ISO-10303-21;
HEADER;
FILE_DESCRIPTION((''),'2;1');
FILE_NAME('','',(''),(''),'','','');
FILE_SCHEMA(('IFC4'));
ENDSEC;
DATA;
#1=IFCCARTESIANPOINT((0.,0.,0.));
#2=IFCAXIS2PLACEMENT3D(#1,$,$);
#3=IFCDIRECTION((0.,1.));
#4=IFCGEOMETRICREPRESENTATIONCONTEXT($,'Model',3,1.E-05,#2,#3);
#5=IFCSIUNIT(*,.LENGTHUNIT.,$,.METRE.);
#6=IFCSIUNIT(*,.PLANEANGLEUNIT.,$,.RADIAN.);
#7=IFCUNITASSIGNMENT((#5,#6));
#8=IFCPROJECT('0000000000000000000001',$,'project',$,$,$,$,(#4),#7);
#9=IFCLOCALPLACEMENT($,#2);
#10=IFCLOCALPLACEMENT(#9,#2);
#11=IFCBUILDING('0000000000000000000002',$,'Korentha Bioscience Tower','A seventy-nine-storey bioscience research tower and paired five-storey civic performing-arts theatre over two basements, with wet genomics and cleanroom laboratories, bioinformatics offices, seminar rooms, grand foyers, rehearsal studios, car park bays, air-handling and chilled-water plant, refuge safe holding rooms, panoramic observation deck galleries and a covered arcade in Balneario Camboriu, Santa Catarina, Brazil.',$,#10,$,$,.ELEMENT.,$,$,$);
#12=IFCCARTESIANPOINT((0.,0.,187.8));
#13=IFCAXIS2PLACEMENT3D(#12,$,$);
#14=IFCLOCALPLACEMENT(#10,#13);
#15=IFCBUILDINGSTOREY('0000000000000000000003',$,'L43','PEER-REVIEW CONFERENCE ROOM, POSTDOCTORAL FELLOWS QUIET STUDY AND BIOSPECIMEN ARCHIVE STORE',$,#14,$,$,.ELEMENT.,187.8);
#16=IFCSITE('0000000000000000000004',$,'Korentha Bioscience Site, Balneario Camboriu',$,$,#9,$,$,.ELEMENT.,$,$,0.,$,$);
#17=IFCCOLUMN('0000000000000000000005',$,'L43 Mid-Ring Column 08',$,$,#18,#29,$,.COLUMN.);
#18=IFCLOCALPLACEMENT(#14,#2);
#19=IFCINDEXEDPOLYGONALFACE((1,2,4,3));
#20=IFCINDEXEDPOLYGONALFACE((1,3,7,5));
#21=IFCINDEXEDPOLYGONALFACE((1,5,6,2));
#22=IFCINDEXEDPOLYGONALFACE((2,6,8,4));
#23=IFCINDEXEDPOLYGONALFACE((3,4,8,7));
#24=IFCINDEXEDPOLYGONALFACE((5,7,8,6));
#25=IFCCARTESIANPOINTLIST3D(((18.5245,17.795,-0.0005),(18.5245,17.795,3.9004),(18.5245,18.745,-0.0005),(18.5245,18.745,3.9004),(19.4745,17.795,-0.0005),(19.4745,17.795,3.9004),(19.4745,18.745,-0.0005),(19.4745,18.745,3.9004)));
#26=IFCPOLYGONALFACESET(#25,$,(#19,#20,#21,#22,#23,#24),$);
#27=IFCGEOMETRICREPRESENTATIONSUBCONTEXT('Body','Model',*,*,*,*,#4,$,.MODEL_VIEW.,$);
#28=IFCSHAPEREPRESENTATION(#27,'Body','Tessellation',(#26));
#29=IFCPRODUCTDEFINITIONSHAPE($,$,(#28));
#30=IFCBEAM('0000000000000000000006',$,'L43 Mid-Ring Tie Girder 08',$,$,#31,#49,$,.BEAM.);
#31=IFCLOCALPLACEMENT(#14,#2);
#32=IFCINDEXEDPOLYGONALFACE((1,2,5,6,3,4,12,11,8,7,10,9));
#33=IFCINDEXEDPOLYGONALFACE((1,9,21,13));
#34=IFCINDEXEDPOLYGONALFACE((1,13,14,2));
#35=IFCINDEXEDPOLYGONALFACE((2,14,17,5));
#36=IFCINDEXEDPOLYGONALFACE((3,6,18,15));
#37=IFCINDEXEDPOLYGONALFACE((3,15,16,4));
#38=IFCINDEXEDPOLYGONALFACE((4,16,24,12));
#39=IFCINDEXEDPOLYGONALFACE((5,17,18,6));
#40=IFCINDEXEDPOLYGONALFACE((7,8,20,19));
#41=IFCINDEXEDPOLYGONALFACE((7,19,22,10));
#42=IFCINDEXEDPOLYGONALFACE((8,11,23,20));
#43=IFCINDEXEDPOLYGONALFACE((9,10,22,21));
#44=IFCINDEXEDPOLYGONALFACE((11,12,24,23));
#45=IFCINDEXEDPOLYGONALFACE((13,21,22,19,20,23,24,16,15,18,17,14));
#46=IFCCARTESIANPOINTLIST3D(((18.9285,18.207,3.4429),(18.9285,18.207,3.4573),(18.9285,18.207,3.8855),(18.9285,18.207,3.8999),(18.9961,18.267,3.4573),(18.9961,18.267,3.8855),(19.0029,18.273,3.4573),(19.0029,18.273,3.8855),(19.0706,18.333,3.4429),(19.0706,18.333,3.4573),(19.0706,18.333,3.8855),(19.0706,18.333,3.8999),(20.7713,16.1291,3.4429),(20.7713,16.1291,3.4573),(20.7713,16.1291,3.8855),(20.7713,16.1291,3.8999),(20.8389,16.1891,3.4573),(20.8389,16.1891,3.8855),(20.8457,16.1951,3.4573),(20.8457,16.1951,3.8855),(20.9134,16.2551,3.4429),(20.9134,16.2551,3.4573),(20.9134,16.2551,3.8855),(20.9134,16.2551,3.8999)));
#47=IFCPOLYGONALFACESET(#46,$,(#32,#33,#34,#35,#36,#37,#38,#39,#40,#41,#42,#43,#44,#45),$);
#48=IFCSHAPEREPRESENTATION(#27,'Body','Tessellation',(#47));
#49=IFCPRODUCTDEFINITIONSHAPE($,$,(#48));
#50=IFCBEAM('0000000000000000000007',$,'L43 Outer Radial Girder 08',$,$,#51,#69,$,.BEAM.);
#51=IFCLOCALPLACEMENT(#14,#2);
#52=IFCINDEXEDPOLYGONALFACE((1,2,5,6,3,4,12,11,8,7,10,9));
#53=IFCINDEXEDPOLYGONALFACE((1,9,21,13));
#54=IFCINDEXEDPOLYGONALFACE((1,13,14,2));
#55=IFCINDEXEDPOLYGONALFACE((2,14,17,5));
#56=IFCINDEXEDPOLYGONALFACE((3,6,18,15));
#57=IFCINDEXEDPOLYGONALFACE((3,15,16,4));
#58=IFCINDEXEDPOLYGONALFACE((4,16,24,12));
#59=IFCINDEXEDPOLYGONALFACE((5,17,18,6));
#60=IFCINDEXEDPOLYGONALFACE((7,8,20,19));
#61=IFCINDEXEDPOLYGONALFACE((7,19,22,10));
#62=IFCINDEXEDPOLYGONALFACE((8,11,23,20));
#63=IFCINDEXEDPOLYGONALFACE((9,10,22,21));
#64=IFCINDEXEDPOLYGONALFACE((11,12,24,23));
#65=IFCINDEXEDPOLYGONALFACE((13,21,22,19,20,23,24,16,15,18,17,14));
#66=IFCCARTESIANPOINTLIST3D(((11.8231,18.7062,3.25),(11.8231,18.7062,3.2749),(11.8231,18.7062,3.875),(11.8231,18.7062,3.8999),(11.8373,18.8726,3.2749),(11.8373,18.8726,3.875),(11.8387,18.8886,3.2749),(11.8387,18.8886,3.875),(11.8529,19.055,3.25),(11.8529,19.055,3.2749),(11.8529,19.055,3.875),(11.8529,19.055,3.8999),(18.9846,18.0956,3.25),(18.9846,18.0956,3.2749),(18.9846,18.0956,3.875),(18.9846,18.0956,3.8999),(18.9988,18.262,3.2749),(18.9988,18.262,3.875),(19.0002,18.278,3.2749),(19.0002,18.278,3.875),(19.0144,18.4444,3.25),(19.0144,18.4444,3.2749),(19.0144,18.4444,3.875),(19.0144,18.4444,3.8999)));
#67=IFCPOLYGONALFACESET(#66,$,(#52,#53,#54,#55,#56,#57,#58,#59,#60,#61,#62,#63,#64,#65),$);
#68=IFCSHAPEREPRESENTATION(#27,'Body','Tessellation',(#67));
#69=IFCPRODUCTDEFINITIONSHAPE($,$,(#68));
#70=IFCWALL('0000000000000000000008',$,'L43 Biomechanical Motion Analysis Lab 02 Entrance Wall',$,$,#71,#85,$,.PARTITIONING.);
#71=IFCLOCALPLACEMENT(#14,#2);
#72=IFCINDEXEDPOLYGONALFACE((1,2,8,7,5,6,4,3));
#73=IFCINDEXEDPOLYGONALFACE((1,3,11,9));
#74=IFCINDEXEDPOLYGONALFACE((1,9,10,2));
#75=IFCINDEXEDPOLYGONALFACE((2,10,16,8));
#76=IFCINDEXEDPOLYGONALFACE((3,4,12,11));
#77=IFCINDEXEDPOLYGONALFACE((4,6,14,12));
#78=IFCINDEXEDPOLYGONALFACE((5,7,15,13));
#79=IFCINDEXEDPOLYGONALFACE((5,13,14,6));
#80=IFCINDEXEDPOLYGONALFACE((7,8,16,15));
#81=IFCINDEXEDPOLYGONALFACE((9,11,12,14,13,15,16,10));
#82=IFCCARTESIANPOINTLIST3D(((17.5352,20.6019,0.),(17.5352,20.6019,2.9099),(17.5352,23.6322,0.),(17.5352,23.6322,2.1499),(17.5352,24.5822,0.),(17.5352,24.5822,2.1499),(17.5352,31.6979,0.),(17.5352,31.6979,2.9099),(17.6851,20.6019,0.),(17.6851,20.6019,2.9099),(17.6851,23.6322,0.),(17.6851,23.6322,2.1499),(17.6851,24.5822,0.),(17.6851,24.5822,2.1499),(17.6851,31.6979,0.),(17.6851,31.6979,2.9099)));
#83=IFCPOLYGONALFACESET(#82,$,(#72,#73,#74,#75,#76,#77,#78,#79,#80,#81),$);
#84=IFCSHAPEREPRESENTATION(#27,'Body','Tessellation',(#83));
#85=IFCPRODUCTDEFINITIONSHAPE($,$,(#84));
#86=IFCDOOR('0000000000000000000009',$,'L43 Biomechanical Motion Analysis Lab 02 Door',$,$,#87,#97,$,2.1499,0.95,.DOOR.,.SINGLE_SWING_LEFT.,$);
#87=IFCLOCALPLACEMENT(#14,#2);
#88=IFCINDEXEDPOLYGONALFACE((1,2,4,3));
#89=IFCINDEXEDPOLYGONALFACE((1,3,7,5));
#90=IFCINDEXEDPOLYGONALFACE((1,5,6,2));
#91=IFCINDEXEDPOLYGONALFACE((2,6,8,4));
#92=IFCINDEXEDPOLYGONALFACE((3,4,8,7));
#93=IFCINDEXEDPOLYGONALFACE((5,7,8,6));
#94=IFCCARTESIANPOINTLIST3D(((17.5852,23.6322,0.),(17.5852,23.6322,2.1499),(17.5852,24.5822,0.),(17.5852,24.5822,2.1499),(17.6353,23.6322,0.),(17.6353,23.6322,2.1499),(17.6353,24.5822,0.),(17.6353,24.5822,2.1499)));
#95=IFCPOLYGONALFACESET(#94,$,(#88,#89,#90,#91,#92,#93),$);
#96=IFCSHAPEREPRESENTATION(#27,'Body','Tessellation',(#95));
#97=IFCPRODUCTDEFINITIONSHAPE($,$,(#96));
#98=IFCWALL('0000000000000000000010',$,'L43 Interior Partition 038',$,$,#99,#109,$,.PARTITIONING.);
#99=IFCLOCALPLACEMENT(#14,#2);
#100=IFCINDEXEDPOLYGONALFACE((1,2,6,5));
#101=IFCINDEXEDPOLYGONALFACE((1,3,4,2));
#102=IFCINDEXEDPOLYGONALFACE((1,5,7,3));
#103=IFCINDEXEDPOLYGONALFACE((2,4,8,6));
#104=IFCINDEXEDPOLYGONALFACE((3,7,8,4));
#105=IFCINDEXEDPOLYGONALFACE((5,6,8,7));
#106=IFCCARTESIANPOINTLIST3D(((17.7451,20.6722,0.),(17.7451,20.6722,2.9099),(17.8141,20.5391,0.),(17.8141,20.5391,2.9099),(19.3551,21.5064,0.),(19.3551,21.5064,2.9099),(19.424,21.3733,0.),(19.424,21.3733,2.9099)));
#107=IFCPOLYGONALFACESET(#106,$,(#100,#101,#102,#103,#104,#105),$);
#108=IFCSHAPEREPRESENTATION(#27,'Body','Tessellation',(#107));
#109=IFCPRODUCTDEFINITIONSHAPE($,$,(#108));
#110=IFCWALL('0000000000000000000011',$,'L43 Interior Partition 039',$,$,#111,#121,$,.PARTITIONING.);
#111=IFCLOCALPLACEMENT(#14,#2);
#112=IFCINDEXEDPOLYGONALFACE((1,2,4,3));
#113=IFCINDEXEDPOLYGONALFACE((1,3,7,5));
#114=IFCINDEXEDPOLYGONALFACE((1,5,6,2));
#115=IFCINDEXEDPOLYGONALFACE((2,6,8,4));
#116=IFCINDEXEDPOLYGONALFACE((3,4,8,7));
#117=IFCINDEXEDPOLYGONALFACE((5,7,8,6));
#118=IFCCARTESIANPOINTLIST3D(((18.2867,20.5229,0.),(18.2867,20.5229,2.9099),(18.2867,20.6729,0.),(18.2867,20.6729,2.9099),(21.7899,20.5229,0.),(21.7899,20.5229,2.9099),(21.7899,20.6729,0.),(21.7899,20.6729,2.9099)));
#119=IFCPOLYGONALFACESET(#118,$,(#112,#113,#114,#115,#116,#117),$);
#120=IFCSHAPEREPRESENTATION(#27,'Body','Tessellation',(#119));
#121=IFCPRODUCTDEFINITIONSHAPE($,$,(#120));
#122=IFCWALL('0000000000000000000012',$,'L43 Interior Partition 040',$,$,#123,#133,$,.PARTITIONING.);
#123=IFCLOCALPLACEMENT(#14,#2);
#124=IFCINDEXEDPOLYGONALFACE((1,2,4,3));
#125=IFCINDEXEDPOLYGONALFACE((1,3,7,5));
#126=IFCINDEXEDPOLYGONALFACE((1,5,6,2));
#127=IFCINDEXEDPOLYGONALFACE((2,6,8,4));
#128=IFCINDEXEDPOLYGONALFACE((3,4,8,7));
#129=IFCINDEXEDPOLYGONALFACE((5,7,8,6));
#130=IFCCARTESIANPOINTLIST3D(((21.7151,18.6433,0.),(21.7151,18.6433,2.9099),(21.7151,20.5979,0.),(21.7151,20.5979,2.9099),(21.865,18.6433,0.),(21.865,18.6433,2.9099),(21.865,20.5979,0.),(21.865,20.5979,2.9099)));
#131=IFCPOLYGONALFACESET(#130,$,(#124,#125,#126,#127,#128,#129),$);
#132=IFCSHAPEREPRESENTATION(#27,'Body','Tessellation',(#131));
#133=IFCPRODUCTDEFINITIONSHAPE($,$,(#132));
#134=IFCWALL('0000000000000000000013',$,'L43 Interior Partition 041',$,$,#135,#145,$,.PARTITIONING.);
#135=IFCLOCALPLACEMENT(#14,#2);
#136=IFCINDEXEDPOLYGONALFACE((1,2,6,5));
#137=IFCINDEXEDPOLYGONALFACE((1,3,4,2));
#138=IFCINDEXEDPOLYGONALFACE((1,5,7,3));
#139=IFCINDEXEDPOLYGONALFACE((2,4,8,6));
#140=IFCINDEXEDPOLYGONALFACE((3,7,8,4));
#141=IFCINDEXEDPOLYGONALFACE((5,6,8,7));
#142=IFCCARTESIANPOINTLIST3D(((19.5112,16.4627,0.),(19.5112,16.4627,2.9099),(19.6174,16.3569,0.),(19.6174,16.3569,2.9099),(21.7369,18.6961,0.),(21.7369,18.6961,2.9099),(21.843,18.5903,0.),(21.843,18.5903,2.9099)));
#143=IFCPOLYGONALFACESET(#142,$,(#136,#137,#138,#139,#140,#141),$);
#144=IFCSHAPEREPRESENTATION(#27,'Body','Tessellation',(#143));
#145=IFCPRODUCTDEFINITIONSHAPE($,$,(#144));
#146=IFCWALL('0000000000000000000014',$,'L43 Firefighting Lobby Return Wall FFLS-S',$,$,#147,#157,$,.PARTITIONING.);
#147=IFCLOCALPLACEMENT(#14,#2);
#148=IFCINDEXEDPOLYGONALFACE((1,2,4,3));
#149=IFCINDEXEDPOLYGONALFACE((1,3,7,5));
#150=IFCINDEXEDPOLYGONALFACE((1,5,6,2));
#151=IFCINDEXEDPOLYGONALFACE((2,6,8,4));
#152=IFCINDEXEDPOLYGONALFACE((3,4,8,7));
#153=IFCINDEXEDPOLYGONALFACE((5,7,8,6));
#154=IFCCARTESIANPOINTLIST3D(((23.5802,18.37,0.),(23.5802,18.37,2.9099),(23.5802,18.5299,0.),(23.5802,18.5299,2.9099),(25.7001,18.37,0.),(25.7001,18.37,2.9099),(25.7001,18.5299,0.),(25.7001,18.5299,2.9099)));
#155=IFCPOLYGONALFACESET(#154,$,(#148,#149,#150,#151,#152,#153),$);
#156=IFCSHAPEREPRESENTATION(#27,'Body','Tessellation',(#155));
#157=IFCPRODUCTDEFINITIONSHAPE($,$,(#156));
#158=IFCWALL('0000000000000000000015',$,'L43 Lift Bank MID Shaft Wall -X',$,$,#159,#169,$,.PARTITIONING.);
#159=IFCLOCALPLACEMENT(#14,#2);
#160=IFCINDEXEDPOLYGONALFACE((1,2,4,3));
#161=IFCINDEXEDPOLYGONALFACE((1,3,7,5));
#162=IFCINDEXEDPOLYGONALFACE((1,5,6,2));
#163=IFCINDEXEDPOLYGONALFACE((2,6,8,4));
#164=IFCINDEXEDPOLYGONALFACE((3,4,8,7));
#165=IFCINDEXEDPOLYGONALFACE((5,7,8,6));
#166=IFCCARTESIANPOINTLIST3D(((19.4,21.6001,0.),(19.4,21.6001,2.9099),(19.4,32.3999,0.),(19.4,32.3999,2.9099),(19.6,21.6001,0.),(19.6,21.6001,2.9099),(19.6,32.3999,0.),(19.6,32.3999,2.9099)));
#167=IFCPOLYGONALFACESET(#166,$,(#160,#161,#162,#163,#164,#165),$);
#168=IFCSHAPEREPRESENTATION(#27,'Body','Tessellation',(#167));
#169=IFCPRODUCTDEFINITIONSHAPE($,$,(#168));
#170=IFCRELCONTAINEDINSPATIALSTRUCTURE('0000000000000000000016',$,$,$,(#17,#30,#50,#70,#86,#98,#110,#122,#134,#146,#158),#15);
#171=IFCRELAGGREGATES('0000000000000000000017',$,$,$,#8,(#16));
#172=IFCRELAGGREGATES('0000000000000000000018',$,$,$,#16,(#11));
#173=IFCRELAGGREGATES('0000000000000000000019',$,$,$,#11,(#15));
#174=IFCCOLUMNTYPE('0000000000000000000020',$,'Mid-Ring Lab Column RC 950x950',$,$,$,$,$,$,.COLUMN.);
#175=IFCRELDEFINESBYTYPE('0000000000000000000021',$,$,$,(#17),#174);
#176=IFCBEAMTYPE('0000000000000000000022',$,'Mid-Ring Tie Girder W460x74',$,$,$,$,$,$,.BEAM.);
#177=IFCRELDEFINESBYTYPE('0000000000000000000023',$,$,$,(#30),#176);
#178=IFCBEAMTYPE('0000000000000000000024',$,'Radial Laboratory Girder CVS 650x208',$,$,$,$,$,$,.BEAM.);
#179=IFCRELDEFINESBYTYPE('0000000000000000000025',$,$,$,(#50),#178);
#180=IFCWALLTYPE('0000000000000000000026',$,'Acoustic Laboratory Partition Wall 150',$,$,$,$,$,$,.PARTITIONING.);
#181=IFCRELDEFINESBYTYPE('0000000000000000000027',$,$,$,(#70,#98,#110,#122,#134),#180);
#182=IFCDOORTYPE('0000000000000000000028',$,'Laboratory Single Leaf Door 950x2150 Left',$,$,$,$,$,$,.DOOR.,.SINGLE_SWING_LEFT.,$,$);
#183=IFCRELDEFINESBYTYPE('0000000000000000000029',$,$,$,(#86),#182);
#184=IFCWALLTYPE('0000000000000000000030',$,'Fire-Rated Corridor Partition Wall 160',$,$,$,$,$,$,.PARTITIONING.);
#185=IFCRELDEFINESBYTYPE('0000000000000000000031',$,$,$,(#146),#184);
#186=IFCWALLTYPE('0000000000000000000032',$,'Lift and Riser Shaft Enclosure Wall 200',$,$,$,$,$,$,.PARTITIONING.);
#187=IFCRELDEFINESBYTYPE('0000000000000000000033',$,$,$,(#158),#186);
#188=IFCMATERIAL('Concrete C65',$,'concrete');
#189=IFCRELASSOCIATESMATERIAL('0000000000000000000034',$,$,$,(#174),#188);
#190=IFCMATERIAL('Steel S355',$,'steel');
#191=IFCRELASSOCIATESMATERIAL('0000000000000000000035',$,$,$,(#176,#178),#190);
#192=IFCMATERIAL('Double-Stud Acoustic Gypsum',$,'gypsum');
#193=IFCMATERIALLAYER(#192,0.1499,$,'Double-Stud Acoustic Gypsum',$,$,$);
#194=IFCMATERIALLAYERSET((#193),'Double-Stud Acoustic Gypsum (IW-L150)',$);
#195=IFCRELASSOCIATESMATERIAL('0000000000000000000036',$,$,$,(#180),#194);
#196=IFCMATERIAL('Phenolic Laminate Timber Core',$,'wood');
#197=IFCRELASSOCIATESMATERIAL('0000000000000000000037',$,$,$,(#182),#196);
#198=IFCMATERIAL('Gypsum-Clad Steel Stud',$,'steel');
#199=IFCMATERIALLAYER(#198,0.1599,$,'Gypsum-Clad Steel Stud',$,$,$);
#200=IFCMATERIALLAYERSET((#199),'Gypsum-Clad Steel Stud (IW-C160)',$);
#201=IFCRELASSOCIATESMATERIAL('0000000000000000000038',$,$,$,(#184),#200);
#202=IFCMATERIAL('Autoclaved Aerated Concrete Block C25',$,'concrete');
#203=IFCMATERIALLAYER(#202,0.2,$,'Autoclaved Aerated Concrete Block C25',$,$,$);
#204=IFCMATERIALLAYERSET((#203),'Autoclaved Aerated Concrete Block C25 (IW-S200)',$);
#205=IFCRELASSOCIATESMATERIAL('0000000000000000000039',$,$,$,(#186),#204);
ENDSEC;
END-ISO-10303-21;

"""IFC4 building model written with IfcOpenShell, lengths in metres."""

from ifc_helpers import new_model, si_unit, direction, frame, frame_2d, origin, origin_2d, place, context, subcontext, project, spatial, rectangle, i_section, extrude, material, layer, layer_set, material_profile, profile_set, type_object, element, fill, save


model = new_model("IFC4")

# Units and contexts
model_context = context("Model", 3, precision=1e-05, world=origin(), true_north=direction((0.0, 1.0)))
body_context = subcontext(model_context, "Body", "Model", "MODEL_VIEW")
ifc_project = project(units=[si_unit("LENGTHUNIT", "METRE"), si_unit("PLANEANGLEUNIT", "RADIAN")], contexts=[model_context])

# Site, building, storey
site_placement = place(None, origin())
site = spatial("IfcSite", under=ifc_project, at=site_placement, Name="Korentha Bioscience Site, Balneario Camboriu", CompositionType="ELEMENT", RefElevation=0.0)
building_placement = place(site_placement, origin())
building = spatial("IfcBuilding", under=site, at=building_placement, Name="Korentha Bioscience Tower", Description="A seventy-nine-storey bioscience research tower and paired five-storey civic performing-arts theatre over two basements, with wet genomics and cleanroom laboratories, bioinformatics offices, seminar rooms, grand foyers, rehearsal studios, car park bays, air-handling and chilled-water plant, refuge safe holding rooms, panoramic observation deck galleries and a covered arcade in Balneario Camboriu, Santa Catarina, Brazil.", CompositionType="ELEMENT")
storey_placement = place(building_placement, frame((0.0, 0.0, 187.8)))
storey = spatial("IfcBuildingStorey", under=building, at=storey_placement, Name="L43", Description="PEER-REVIEW CONFERENCE ROOM, POSTDOCTORAL FELLOWS QUIET STUDY AND BIOSPECIMEN ARCHIVE STORE", CompositionType="ELEMENT", Elevation=187.8)

# Column
ifc_material_1 = material(Name="Concrete C65", Category="concrete")
ifc_material_profile_1 = material_profile(ifc_material_1, rectangle(XDim=0.95, YDim=0.95, at=origin_2d()), Name="Concrete C65")
ifc_profile_set_1 = profile_set([ifc_material_profile_1], Name="Concrete C65 (COL-MR09)")
column_type = type_object("IfcColumnType", Name="Mid-Ring Lab Column RC 950x950", PredefinedType="COLUMN", material=ifc_profile_set_1)
column_placement = place(storey_placement, frame((18.9995, 18.27, -0.0005), z_axis=(0.0, 0.0, 1.0), x_axis=(1.0, 0.0, 0.0)))
element("IfcColumn", 1, at=column_placement, inside=storey, type_object=column_type, Name="L43 Mid-Ring Column 08", PredefinedType="COLUMN", context=body_context, shape_type="SweptSolid", body=[
    extrude(rectangle(XDim=0.95, YDim=0.95, at=origin_2d()), origin(), (0.0, 0.0, 1.0), 3.9009),
])

# Beams
ifc_material_2 = material(Name="Steel S355", Category="steel")
ifc_material_profile_2 = material_profile(ifc_material_2, i_section(OverallWidth=0.1899, OverallDepth=0.457, WebThickness=0.009, FlangeThickness=0.0144, at=origin_2d()), Name="Steel S355")
ifc_profile_set_2 = profile_set([ifc_material_profile_2], Name="Steel S355 (MB-460)")
beam_type_1 = type_object("IfcBeamType", Name="Mid-Ring Tie Girder W460x74", PredefinedType="BEAM", material=ifc_profile_set_2)
beam_1_placement = place(storey_placement, frame((18.9995, 18.27, 3.6714), z_axis=(0.663512, -0.748165, 0.0), x_axis=(0.748165, 0.663512, 0.0)))
element("IfcBeam", 2, at=beam_1_placement, inside=storey, type_object=beam_type_1, Name="L43 Mid-Ring Tie Girder 08", PredefinedType="BEAM", context=body_context, shape_type="SweptSolid", body=[
    extrude(i_section(OverallWidth=0.1899, OverallDepth=0.457, WebThickness=0.009, FlangeThickness=0.0144, at=origin_2d()), origin(), (0.0, 0.0, 1.0), 2.7773),
])
ifc_material_profile_3 = material_profile(ifc_material_2, i_section(OverallWidth=0.3501, OverallDepth=0.6499, WebThickness=0.0161, FlangeThickness=0.0249, at=origin_2d()), Name="Steel S355")
ifc_profile_set_3 = profile_set([ifc_material_profile_3], Name="Steel S355 (RB-650)")
beam_type_2 = type_object("IfcBeamType", Name="Radial Laboratory Girder CVS 650x208", PredefinedType="BEAM", material=ifc_profile_set_3)
beam_2_placement = place(storey_placement, frame((18.9995, 18.27, 3.575), z_axis=(-0.996385, 0.084951, 0.0), x_axis=(-0.084951, -0.996385, 0.0)))
element("IfcBeam", 3, at=beam_2_placement, inside=storey, type_object=beam_type_2, Name="L43 Outer Radial Girder 08", PredefinedType="BEAM", context=body_context, shape_type="SweptSolid", body=[
    extrude(i_section(OverallWidth=0.3501, OverallDepth=0.6499, WebThickness=0.0161, FlangeThickness=0.0249, at=origin_2d()), origin(), (0.0, 0.0, 1.0), 7.1875),
])

# Wall, opening, door
ifc_material_3 = material(Name="Double-Stud Acoustic Gypsum", Category="gypsum")
ifc_layer_1 = layer(ifc_material_3, 0.1499, Name="Double-Stud Acoustic Gypsum")
ifc_layer_set_1 = layer_set([ifc_layer_1], Name="Double-Stud Acoustic Gypsum (IW-L150)")
wall_type_1 = type_object("IfcWallType", Name="Acoustic Laboratory Partition Wall 150", PredefinedType="PARTITIONING", material=ifc_layer_set_1)
wall_1_placement = place(storey_placement, frame((17.6101, 20.6021, 0.0), z_axis=(0.0, 0.0, 1.0), x_axis=(0.0, 1.0, 0.0)))
wall_1 = element("IfcWall", 4, at=wall_1_placement, inside=storey, type_object=wall_type_1, Name="L43 Biomechanical Motion Analysis Lab 02 Entrance Wall", PredefinedType="PARTITIONING", context=body_context, shape_type="SweptSolid", body=[
    extrude(rectangle(XDim=11.0959, YDim=0.1499, at=frame_2d((5.5479, 0.0))), origin(), (0.0, 0.0, 1.0), 2.9099),
])
opening_1_placement = place(wall_1_placement, frame((3.03, 0.0, 0.0)))
opening_1 = element("IfcOpeningElement", 5, at=opening_1_placement, cuts=wall_1, PredefinedType="OPENING", context=body_context, shape_type="SweptSolid", body=[
    extrude(rectangle(XDim=0.95, YDim=2.1499, at=frame_2d((0.4751, 1.075))), frame((0.0, 0.0898, 0.0), z_axis=(0.0, -1.0, 0.0), x_axis=(1.0, 0.0, 0.0)), (0.0, 0.0, 1.0), 0.1797),
])
ifc_material_4 = material(Name="Phenolic Laminate Timber Core", Category="wood")
door_type_1 = type_object("IfcDoorType", Name="Laboratory Single Leaf Door 950x2150 Left", OperationType="SINGLE_SWING_LEFT", PredefinedType="DOOR", material=ifc_material_4)
door_1_placement = place(opening_1_placement, origin())
door_1 = element("IfcDoor", 6, at=door_1_placement, inside=storey, type_object=door_type_1, Name="L43 Biomechanical Motion Analysis Lab 02 Door", OperationType="SINGLE_SWING_LEFT", OverallHeight=2.1499, OverallWidth=0.95, PredefinedType="DOOR", context=body_context, shape_type="SweptSolid", body=[
    extrude(rectangle(XDim=0.95, YDim=2.1499, at=frame_2d((0.4751, 1.075))), frame((0.0, 0.0249, 0.0), z_axis=(0.0, -1.0, 0.0), x_axis=(1.0, 0.0, 0.0)), (0.0, 0.0, 1.0), 0.05),
])
fill(opening_1, door_1)

# Walls
wall_2_placement = place(storey_placement, frame((19.3896, 21.4399, 0.0), z_axis=(0.0, 0.0, 1.0), x_axis=(-0.887871, -0.460093, 0.0)))
element("IfcWall", 7, at=wall_2_placement, inside=storey, type_object=wall_type_1, Name="L43 Interior Partition 038", PredefinedType="PARTITIONING", context=body_context, shape_type="SweptSolid", body=[
    extrude(rectangle(XDim=1.8132, YDim=0.1499, at=frame_2d((0.9067, 0.0))), origin(), (0.0, 0.0, 1.0), 2.9099),
])
wall_3_placement = place(storey_placement, frame((18.2869, 20.5979, 0.0), z_axis=(0.0, 0.0, 1.0), x_axis=(1.0, 0.0, 0.0)))
element("IfcWall", 8, at=wall_3_placement, inside=storey, type_object=wall_type_1, Name="L43 Interior Partition 039", PredefinedType="PARTITIONING", context=body_context, shape_type="SweptSolid", body=[
    extrude(rectangle(XDim=3.5032, YDim=0.1499, at=frame_2d((1.7515, 0.0))), origin(), (0.0, 0.0, 1.0), 2.9099),
])
wall_4_placement = place(storey_placement, frame((21.79, 20.5979, 0.0), z_axis=(0.0, 0.0, 1.0), x_axis=(0.0, -1.0, 0.0)))
element("IfcWall", 9, at=wall_4_placement, inside=storey, type_object=wall_type_1, Name="L43 Interior Partition 040", PredefinedType="PARTITIONING", context=body_context, shape_type="SweptSolid", body=[
    extrude(rectangle(XDim=1.9546, YDim=0.1499, at=frame_2d((0.9773, 0.0))), origin(), (0.0, 0.0, 1.0), 2.9099),
])
wall_5_placement = place(storey_placement, frame((21.79, 18.6433, 0.0), z_axis=(0.0, 0.0, 1.0), x_axis=(-0.705867, -0.708345, 0.0)))
element("IfcWall", 10, at=wall_5_placement, inside=storey, type_object=wall_type_1, Name="L43 Interior Partition 041", PredefinedType="PARTITIONING", context=body_context, shape_type="SweptSolid", body=[
    extrude(rectangle(XDim=3.1531, YDim=0.1499, at=frame_2d((1.5767, 0.0))), origin(), (0.0, 0.0, 1.0), 2.9099),
])

# Shared definitions
ifc_material_5 = material(Name="Gypsum-Clad Steel Stud", Category="steel")
ifc_layer_2 = layer(ifc_material_5, 0.1599, Name="Gypsum-Clad Steel Stud")
ifc_layer_set_2 = layer_set([ifc_layer_2], Name="Gypsum-Clad Steel Stud (IW-C160)")
wall_type_2 = type_object("IfcWallType", Name="Fire-Rated Corridor Partition Wall 160", PredefinedType="PARTITIONING", material=ifc_layer_set_2)

# Walls
wall_6_placement = place(storey_placement, frame((23.5801, 18.45, 0.0), z_axis=(0.0, 0.0, 1.0), x_axis=(1.0, 0.0, 0.0)))
element("IfcWall", 11, at=wall_6_placement, inside=storey, type_object=wall_type_2, Name="L43 Firefighting Lobby Return Wall FFLS-S", PredefinedType="PARTITIONING", context=body_context, shape_type="SweptSolid", body=[
    extrude(rectangle(XDim=2.1199, YDim=0.1599, at=frame_2d((1.0601, 0.0))), origin(), (0.0, 0.0, 1.0), 2.9099),
])
ifc_material_6 = material(Name="Autoclaved Aerated Concrete Block C25", Category="concrete")
ifc_layer_3 = layer(ifc_material_6, 0.2, Name="Autoclaved Aerated Concrete Block C25")
ifc_layer_set_3 = layer_set([ifc_layer_3], Name="Autoclaved Aerated Concrete Block C25 (IW-S200)")
wall_type_3 = type_object("IfcWallType", Name="Lift and Riser Shaft Enclosure Wall 200", PredefinedType="PARTITIONING", material=ifc_layer_set_3)
wall_7_placement = place(storey_placement, frame((19.5, 21.6001, 0.0), z_axis=(0.0, 0.0, 1.0), x_axis=(0.0, 1.0, 0.0)))
element("IfcWall", 12, at=wall_7_placement, inside=storey, type_object=wall_type_3, Name="L43 Lift Bank MID Shaft Wall -X", PredefinedType="PARTITIONING", context=body_context, shape_type="SweptSolid", body=[
    extrude(rectangle(XDim=10.7998, YDim=0.2, at=frame_2d((5.3999, 0.0))), origin(), (0.0, 0.0, 1.0), 2.9099),
])

save(model, "model.ifc")
